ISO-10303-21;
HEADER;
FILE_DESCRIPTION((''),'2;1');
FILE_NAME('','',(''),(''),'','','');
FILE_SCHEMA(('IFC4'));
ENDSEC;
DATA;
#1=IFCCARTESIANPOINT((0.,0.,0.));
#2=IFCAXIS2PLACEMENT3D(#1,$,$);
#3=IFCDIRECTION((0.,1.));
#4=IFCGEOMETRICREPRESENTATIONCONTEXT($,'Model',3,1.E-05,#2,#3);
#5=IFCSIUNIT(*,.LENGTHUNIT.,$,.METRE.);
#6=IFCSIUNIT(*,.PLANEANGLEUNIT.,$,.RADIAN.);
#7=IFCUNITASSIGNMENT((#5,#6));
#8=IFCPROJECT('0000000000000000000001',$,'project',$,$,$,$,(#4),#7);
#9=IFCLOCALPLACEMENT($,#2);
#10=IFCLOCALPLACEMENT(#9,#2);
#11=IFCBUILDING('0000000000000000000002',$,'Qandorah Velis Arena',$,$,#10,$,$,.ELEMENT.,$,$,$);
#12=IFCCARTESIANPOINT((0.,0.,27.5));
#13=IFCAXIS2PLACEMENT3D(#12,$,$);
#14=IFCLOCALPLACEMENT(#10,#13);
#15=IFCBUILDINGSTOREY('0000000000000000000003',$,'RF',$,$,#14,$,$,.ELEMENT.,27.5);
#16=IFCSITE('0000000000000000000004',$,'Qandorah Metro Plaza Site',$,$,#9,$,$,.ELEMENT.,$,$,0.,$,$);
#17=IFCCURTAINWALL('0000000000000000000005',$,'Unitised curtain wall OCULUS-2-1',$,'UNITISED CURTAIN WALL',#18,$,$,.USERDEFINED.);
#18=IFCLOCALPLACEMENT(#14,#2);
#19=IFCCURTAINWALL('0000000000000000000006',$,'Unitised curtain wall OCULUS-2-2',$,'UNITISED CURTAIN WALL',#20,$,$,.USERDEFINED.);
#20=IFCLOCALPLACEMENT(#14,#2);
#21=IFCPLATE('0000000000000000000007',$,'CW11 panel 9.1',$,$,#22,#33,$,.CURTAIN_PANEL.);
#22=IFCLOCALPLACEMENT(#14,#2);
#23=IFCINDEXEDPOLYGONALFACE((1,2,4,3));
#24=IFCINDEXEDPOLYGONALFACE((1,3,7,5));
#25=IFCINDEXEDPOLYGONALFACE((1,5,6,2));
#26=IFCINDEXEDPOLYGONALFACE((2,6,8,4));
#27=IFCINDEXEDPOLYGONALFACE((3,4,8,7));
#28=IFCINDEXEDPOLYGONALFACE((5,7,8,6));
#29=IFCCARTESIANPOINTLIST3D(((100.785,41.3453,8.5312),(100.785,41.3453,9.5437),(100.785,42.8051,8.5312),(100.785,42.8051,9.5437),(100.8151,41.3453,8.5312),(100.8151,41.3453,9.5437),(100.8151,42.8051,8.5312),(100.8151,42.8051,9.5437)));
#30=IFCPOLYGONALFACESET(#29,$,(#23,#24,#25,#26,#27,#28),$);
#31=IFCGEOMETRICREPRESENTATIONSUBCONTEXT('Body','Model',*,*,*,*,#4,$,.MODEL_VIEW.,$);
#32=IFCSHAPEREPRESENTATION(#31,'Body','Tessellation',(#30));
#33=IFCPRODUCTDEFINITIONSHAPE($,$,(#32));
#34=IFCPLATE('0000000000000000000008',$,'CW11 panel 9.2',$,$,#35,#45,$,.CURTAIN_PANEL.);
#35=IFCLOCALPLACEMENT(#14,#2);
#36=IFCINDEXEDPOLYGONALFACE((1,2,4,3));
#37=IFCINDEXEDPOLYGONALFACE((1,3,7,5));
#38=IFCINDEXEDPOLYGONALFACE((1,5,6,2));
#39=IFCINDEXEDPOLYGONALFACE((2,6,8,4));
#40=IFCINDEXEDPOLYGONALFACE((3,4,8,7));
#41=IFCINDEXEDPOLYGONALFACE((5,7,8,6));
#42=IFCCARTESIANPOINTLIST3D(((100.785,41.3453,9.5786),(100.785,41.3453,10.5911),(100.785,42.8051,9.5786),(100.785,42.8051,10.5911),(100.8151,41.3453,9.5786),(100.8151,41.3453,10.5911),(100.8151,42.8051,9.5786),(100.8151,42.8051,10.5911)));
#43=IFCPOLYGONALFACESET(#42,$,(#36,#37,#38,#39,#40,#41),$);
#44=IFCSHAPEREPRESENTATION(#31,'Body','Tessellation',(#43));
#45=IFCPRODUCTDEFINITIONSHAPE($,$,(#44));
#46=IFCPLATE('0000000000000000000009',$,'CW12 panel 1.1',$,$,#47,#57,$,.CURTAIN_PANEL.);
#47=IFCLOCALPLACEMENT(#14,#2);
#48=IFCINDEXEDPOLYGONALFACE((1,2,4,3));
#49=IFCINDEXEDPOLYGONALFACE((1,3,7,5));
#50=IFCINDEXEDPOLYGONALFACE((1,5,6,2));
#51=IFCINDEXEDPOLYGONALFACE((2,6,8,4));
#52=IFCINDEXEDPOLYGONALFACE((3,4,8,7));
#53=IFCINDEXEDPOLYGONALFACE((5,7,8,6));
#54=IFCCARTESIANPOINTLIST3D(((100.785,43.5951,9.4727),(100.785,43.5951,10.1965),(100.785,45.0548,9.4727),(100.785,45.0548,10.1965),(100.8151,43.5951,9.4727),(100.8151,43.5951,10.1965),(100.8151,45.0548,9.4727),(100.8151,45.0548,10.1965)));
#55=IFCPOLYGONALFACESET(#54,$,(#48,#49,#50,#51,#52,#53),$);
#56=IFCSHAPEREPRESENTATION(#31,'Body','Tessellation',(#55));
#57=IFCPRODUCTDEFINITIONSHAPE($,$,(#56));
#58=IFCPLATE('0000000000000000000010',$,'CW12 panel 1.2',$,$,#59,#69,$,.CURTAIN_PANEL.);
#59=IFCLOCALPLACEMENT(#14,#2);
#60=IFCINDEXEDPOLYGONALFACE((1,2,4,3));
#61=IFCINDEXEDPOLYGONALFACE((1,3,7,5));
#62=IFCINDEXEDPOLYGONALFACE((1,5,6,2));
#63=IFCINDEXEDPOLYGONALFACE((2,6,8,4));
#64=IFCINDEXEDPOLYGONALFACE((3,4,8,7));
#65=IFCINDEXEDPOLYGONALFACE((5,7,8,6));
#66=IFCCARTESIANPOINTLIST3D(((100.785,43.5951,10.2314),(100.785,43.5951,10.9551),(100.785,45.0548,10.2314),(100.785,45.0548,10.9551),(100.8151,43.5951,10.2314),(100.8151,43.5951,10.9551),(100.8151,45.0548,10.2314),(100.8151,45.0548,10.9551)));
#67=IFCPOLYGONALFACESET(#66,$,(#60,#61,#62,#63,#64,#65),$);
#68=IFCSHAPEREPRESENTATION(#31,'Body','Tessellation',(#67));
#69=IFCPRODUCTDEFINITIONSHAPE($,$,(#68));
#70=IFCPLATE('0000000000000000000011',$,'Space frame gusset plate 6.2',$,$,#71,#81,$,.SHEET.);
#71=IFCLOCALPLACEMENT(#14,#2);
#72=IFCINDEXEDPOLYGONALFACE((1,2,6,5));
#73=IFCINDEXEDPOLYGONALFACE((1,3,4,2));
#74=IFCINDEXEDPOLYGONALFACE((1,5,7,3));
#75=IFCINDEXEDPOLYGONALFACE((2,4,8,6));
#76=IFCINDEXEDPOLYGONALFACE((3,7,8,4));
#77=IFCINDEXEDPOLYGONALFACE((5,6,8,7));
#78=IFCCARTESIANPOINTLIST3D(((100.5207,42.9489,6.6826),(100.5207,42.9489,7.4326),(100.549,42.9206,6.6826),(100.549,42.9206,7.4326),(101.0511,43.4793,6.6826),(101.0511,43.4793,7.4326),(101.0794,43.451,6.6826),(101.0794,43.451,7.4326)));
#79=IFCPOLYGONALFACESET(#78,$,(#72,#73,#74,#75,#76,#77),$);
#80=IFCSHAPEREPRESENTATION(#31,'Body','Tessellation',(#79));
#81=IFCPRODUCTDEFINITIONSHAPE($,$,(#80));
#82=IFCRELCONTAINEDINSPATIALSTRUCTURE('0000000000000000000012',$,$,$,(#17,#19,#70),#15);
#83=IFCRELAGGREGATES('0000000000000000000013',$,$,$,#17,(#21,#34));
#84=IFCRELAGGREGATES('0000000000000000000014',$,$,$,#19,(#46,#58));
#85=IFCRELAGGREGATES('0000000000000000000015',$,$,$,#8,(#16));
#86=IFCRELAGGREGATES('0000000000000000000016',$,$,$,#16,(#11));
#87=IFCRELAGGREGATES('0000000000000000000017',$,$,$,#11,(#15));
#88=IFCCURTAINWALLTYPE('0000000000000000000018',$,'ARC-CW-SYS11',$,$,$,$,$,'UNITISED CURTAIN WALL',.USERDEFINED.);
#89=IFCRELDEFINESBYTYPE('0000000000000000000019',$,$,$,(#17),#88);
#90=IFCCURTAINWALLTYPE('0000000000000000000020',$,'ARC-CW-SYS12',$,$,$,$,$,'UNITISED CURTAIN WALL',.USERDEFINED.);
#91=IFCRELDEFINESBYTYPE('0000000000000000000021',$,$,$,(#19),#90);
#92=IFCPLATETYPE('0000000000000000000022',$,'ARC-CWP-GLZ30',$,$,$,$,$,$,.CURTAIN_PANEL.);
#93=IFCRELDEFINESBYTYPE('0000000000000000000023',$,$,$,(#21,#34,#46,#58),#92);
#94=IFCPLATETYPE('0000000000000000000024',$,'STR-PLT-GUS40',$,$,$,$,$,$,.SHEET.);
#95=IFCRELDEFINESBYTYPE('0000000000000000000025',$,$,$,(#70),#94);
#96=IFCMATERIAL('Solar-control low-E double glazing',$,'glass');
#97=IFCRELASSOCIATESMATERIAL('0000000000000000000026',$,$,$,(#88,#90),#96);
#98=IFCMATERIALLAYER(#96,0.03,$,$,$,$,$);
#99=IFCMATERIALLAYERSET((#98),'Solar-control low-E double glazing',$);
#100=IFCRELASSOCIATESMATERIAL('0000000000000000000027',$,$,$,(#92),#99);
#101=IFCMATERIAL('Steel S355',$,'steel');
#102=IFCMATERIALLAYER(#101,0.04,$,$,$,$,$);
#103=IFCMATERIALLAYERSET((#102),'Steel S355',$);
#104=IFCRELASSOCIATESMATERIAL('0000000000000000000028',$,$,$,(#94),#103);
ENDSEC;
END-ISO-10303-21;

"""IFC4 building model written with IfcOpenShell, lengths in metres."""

from ifc_helpers import new_model, si_unit, direction, frame, origin, origin_2d, place, context, subcontext, project, spatial, rectangle, extrude, material, layer, layer_set, type_object, element, aggregate, save


model = new_model("IFC4")

# Units and contexts
model_context = context("Model", 3, precision=1e-05, world=origin(), true_north=direction((0.0, 1.0)))
body_context = subcontext(model_context, "Body", "Model", "MODEL_VIEW")
ifc_project = project(units=[si_unit("LENGTHUNIT", "METRE"), si_unit("PLANEANGLEUNIT", "RADIAN")], contexts=[model_context])

# Site, building, storey
site_placement = place(None, origin())
site = spatial("IfcSite", under=ifc_project, at=site_placement, Name="Qandorah Metro Plaza Site", CompositionType="ELEMENT", RefElevation=0.0)
building_placement = place(site_placement, origin())
building = spatial("IfcBuilding", under=site, at=building_placement, Name="Qandorah Velis Arena", CompositionType="ELEMENT")
storey_placement = place(building_placement, frame((0.0, 0.0, 27.5)))
storey = spatial("IfcBuildingStorey", under=building, at=storey_placement, Name="RF", CompositionType="ELEMENT", Elevation=27.5)

# Curtain wall
ifc_material_1 = material(Name="Solar-control low-E double glazing", Category="glass")
curtain_wall_type_1 = type_object("IfcCurtainWallType", Name="ARC-CW-SYS11", ElementType="UNITISED CURTAIN WALL", PredefinedType="USERDEFINED", material=ifc_material_1)
curtain_wall_1_placement = place(storey_placement, origin())
curtain_wall_1 = element("IfcCurtainWall", 1, at=curtain_wall_1_placement, inside=storey, type_object=curtain_wall_type_1, Name="Unitised curtain wall OCULUS-2-1", ObjectType="UNITISED CURTAIN WALL", PredefinedType="USERDEFINED")

# Curtain wall
curtain_wall_type_2 = type_object("IfcCurtainWallType", Name="ARC-CW-SYS12", ElementType="UNITISED CURTAIN WALL", PredefinedType="USERDEFINED", material=ifc_material_1)
curtain_wall_2_placement = place(storey_placement, origin())
curtain_wall_2 = element("IfcCurtainWall", 2, at=curtain_wall_2_placement, inside=storey, type_object=curtain_wall_type_2, Name="Unitised curtain wall OCULUS-2-2", ObjectType="UNITISED CURTAIN WALL", PredefinedType="USERDEFINED")

# Shared definitions
ifc_material_2 = material(Name="Steel S355", Category="steel")

# Plates
ifc_layer_1 = layer(ifc_material_1, 0.03)
ifc_layer_set_1 = layer_set([ifc_layer_1], Name="Solar-control low-E double glazing")
plate_type_1 = type_object("IfcPlateType", Name="ARC-CWP-GLZ30", PredefinedType="CURTAIN_PANEL", material=ifc_layer_set_1)
plate_1_placement = place(storey_placement, frame((100.8, 42.0752, 8.5312), z_axis=(0.0, 0.0, 1.0), x_axis=(0.0, 1.0, 0.0)))
plate_1 = element("IfcPlate", 3, at=plate_1_placement, type_object=plate_type_1, Name="CW11 panel 9.1", PredefinedType="CURTAIN_PANEL", context=body_context, shape_type="SweptSolid", body=[
    extrude(rectangle(XDim=1.4597, YDim=0.03, at=origin_2d()), origin(), (0.0, 0.0, 1.0), 1.0125),
])
plate_2_placement = place(storey_placement, frame((100.8, 42.0752, 9.5786), z_axis=(0.0, 0.0, 1.0), x_axis=(0.0, 1.0, 0.0)))
plate_2 = element("IfcPlate", 4, at=plate_2_placement, type_object=plate_type_1, Name="CW11 panel 9.2", PredefinedType="CURTAIN_PANEL", context=body_context, shape_type="SweptSolid", body=[
    extrude(rectangle(XDim=1.4597, YDim=0.03, at=origin_2d()), origin(), (0.0, 0.0, 1.0), 1.0125),
])
aggregate(curtain_wall_1, [plate_1, plate_2])
plate_3_placement = place(storey_placement, frame((100.8, 44.325, 9.4727), z_axis=(0.0, 0.0, 1.0), x_axis=(0.0, 1.0, 0.0)))
plate_3 = element("IfcPlate", 5, at=plate_3_placement, type_object=plate_type_1, Name="CW12 panel 1.1", PredefinedType="CURTAIN_PANEL", context=body_context, shape_type="SweptSolid", body=[
    extrude(rectangle(XDim=1.4597, YDim=0.03, at=origin_2d()), origin(), (0.0, 0.0, 1.0), 0.7239),
])
plate_4_placement = place(storey_placement, frame((100.8, 44.325, 10.2314), z_axis=(0.0, 0.0, 1.0), x_axis=(0.0, 1.0, 0.0)))
plate_4 = element("IfcPlate", 6, at=plate_4_placement, type_object=plate_type_1, Name="CW12 panel 1.2", PredefinedType="CURTAIN_PANEL", context=body_context, shape_type="SweptSolid", body=[
    extrude(rectangle(XDim=1.4597, YDim=0.03, at=origin_2d()), origin(), (0.0, 0.0, 1.0), 0.7236),
])
aggregate(curtain_wall_2, [plate_3, plate_4])
ifc_layer_2 = layer(ifc_material_2, 0.04)
ifc_layer_set_2 = layer_set([ifc_layer_2], Name="Steel S355")
plate_type_2 = type_object("IfcPlateType", Name="STR-PLT-GUS40", PredefinedType="SHEET", material=ifc_layer_set_2)
plate_5_placement = place(storey_placement, frame((100.8, 43.2, 6.6826), z_axis=(0.0, 0.0, 1.0), x_axis=(0.707107, 0.707107, 0.0)))
element("IfcPlate", 7, at=plate_5_placement, inside=storey, type_object=plate_type_2, Name="Space frame gusset plate 6.2", PredefinedType="SHEET", context=body_context, shape_type="SweptSolid", body=[
    extrude(rectangle(XDim=0.75, YDim=0.04, at=origin_2d()), origin(), (0.0, 0.0, 1.0), 0.75),
])

save(model, "model.ifc")
